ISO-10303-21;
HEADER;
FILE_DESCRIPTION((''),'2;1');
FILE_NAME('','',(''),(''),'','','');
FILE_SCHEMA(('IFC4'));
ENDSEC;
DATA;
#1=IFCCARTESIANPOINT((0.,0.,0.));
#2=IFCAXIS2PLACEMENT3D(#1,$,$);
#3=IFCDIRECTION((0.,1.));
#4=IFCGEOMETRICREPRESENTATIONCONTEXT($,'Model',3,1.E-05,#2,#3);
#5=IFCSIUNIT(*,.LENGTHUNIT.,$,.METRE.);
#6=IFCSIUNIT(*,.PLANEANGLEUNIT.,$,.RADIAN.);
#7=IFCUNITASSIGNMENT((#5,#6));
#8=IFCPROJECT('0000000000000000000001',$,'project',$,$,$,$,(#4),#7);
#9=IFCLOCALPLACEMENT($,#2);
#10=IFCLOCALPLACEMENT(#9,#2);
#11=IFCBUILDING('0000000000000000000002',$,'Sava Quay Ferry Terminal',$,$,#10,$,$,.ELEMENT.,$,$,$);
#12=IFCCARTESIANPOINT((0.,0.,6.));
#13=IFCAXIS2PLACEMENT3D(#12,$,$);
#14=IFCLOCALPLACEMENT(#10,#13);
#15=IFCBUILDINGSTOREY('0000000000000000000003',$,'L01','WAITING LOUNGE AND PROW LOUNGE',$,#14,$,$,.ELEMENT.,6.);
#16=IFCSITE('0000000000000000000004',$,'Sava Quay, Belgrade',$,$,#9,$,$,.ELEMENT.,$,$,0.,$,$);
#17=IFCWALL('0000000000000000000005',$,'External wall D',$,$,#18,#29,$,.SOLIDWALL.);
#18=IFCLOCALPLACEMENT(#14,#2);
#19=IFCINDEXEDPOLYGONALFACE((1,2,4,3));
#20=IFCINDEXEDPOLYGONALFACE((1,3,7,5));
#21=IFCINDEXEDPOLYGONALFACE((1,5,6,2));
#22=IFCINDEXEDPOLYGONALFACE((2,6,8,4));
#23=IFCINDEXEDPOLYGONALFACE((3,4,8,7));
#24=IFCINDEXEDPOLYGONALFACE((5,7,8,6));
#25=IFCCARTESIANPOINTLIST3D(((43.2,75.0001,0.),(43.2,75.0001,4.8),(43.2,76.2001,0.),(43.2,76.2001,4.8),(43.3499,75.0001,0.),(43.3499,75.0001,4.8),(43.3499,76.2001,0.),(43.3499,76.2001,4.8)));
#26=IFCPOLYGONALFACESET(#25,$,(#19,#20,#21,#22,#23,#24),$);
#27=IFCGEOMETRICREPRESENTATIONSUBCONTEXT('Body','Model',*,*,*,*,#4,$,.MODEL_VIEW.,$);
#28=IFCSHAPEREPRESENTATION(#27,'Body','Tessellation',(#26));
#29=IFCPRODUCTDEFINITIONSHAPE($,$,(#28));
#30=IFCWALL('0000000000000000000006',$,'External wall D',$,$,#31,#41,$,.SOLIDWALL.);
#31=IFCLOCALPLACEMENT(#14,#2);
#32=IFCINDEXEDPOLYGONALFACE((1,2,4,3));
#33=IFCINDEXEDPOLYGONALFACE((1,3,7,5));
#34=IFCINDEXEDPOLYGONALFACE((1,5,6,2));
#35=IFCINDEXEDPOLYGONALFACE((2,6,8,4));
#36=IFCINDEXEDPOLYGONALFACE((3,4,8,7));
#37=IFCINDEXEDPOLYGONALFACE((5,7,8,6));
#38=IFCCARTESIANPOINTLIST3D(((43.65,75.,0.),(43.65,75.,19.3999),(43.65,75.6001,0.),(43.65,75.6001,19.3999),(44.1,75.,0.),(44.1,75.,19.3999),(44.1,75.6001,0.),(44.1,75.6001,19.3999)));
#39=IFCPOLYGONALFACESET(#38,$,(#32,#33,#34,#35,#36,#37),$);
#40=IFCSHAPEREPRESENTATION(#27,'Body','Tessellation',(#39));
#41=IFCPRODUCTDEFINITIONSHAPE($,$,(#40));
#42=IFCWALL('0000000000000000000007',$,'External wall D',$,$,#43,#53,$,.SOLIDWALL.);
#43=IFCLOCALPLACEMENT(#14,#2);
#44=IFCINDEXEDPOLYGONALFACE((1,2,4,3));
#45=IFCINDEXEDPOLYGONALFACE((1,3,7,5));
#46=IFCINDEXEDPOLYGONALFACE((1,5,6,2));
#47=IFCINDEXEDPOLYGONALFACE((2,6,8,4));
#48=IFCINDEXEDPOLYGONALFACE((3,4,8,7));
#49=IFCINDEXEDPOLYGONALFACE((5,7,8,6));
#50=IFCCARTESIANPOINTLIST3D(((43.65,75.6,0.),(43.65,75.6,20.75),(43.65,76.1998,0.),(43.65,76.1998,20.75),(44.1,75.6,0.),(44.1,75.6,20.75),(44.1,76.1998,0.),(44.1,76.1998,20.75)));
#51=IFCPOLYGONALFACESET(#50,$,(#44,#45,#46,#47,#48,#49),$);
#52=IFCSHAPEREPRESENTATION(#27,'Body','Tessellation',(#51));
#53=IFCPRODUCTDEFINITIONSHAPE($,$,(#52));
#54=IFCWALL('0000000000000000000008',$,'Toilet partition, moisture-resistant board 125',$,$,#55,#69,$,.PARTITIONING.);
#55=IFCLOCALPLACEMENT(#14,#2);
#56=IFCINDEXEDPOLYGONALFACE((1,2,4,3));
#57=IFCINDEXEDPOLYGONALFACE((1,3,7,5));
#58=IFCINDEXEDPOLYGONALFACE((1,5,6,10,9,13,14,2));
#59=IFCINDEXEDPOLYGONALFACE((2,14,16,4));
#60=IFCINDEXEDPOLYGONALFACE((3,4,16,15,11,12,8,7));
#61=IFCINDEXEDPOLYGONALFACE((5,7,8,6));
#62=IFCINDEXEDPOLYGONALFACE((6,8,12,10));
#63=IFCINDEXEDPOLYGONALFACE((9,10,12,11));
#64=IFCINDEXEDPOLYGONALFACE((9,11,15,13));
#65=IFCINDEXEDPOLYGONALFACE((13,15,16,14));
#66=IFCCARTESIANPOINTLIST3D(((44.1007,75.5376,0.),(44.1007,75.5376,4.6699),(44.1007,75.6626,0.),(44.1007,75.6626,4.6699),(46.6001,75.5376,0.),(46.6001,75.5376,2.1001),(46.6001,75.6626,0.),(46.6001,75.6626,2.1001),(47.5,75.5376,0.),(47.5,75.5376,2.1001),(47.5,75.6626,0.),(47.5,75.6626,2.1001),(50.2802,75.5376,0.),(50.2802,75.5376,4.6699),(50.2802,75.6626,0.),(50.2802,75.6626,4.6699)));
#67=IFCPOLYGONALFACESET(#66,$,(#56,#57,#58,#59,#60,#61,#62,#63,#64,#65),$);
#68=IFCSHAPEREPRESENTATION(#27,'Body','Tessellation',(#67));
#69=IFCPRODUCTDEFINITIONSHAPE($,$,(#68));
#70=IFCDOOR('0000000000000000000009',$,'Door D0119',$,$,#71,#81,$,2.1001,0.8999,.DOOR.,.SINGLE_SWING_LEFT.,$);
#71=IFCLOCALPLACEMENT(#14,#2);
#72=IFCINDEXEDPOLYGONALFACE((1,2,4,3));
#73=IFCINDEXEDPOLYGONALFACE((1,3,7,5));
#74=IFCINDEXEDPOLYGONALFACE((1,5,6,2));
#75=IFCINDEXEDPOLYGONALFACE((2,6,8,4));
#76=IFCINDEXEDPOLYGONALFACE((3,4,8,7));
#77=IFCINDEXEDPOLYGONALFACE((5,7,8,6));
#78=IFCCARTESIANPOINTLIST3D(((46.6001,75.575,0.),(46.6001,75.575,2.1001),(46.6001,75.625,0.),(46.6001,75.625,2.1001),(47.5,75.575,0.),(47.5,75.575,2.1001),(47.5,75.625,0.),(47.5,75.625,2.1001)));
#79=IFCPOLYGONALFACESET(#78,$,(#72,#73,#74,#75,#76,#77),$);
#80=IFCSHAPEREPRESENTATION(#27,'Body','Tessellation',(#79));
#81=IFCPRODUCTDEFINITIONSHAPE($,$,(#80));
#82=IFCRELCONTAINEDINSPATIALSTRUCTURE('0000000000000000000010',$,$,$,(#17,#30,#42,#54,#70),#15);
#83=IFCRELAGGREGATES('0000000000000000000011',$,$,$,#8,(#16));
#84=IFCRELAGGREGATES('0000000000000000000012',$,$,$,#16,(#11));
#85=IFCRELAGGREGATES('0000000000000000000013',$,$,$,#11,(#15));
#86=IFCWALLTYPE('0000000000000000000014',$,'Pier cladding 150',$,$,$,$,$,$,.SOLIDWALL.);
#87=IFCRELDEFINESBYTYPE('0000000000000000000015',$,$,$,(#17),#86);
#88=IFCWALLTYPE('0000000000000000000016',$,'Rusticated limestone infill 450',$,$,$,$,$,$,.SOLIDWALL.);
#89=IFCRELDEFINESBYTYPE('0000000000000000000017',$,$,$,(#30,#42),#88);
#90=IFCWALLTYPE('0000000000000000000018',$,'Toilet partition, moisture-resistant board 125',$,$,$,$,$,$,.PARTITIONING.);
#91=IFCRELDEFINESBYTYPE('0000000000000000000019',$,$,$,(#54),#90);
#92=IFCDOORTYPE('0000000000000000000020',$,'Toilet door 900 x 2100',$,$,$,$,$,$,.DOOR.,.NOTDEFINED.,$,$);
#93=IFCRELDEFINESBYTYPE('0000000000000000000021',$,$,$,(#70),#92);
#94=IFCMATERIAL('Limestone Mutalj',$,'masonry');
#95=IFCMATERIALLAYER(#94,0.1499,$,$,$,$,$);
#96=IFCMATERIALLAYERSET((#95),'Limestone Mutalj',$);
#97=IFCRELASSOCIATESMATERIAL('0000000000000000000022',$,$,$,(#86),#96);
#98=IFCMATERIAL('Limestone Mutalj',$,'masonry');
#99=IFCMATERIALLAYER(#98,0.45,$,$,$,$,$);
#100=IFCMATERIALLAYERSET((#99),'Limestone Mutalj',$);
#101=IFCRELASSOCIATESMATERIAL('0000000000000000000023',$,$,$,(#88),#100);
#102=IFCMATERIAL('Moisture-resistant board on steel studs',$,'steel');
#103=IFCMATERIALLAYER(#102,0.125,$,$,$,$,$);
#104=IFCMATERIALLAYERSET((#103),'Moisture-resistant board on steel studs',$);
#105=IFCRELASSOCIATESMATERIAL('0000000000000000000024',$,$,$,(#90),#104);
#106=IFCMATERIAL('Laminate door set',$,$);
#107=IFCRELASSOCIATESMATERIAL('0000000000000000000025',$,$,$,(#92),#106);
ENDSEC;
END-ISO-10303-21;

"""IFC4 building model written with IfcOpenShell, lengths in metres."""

from ifc_helpers import new_model, si_unit, direction, frame, frame_2d, origin, place, context, subcontext, project, spatial, rectangle, extrude, material, layer, layer_set, type_object, element, fill, save


model = new_model("IFC4")

# Units and contexts
model_context = context("Model", 3, precision=1e-05, world=origin(), true_north=direction((0.0, 1.0)))
body_context = subcontext(model_context, "Body", "Model", "MODEL_VIEW")
ifc_project = project(units=[si_unit("LENGTHUNIT", "METRE"), si_unit("PLANEANGLEUNIT", "RADIAN")], contexts=[model_context])

# Site, building, storey
site_placement = place(None, origin())
site = spatial("IfcSite", under=ifc_project, at=site_placement, Name="Sava Quay, Belgrade", CompositionType="ELEMENT", RefElevation=0.0)
building_placement = place(site_placement, origin())
building = spatial("IfcBuilding", under=site, at=building_placement, Name="Sava Quay Ferry Terminal", CompositionType="ELEMENT")
storey_placement = place(building_placement, frame((0.0, 0.0, 6.0)))
storey = spatial("IfcBuildingStorey", under=building, at=storey_placement, Name="L01", Description="WAITING LOUNGE AND PROW LOUNGE", CompositionType="ELEMENT", Elevation=6.0)

# Walls
ifc_material_1 = material(Name="Limestone Mutalj", Category="masonry")
ifc_layer_1 = layer(ifc_material_1, 0.1499)
ifc_layer_set_1 = layer_set([ifc_layer_1], Name="Limestone Mutalj")
wall_type_1 = type_object("IfcWallType", Name="Pier cladding 150", PredefinedType="SOLIDWALL", material=ifc_layer_set_1)
wall_1_placement = place(storey_placement, frame((43.2749, 75.0, 0.0), z_axis=(0.0, 0.0, 1.0), x_axis=(0.0, 1.0, 0.0)))
element("IfcWall", 1, at=wall_1_placement, inside=storey, type_object=wall_type_1, Name="External wall D", PredefinedType="SOLIDWALL", context=body_context, shape_type="SweptSolid", body=[
    extrude(rectangle(XDim=1.2, YDim=0.1499, at=frame_2d((0.6001, 0.0))), origin(), (0.0, 0.0, 1.0), 4.8),
])
ifc_material_2 = material(Name="Limestone Mutalj", Category="masonry")
ifc_layer_2 = layer(ifc_material_2, 0.45)
ifc_layer_set_2 = layer_set([ifc_layer_2], Name="Limestone Mutalj")
wall_type_2 = type_object("IfcWallType", Name="Rusticated limestone infill 450", PredefinedType="SOLIDWALL", material=ifc_layer_set_2)
wall_2_placement = place(storey_placement, frame((43.875, 75.0, 0.0), z_axis=(0.0, 0.0, 1.0), x_axis=(0.0, 1.0, 0.0)))
element("IfcWall", 2, at=wall_2_placement, inside=storey, type_object=wall_type_2, Name="External wall D", PredefinedType="SOLIDWALL", context=body_context, shape_type="SweptSolid", body=[
    extrude(rectangle(XDim=0.6001, YDim=0.45, at=frame_2d((0.3, 0.0))), origin(), (0.0, 0.0, 1.0), 19.3999),
])
wall_3_placement = place(storey_placement, frame((43.875, 75.6001, 0.0), z_axis=(0.0, 0.0, 1.0), x_axis=(0.0, 1.0, 0.0)))
element("IfcWall", 3, at=wall_3_placement, inside=storey, type_object=wall_type_2, Name="External wall D", PredefinedType="SOLIDWALL", context=body_context, shape_type="SweptSolid", body=[
    extrude(rectangle(XDim=0.5999, YDim=0.45, at=frame_2d((0.2998, 0.0))), origin(), (0.0, 0.0, 1.0), 20.75),
])

# Wall, opening, door
ifc_material_3 = material(Name="Moisture-resistant board on steel studs", Category="steel")
ifc_layer_3 = layer(ifc_material_3, 0.125)
ifc_layer_set_3 = layer_set([ifc_layer_3], Name="Moisture-resistant board on steel studs")
wall_type_3 = type_object("IfcWallType", Name="Toilet partition, moisture-resistant board 125", PredefinedType="PARTITIONING", material=ifc_layer_set_3)
wall_4_placement = place(storey_placement, frame((44.1006, 75.6001, 0.0), z_axis=(0.0, 0.0, 1.0), x_axis=(1.0, 0.0, 0.0)))
wall_4 = element("IfcWall", 4, at=wall_4_placement, inside=storey, type_object=wall_type_3, Name="Toilet partition, moisture-resistant board 125", PredefinedType="PARTITIONING", context=body_context, shape_type="SweptSolid", body=[
    extrude(rectangle(XDim=6.1794, YDim=0.125, at=frame_2d((3.0898, 0.0))), origin(), (0.0, 0.0, 1.0), 4.6699),
])
opening_1_placement = place(wall_4_placement, frame((2.4995, 0.0, 0.0)))
opening_1 = element("IfcOpeningElement", 5, at=opening_1_placement, cuts=wall_4, PredefinedType="OPENING", context=body_context, shape_type="SweptSolid", body=[
    extrude(rectangle(XDim=0.8999, YDim=2.1001, at=frame_2d((0.45, 1.05))), frame((0.0, 0.0625, 0.0), z_axis=(0.0, -1.0, 0.0), x_axis=(1.0, 0.0, 0.0)), (0.0, 0.0, 1.0), 0.125),
])
ifc_material_4 = material(Name="Laminate door set")
door_type_1 = type_object("IfcDoorType", Name="Toilet door 900 x 2100", OperationType="NOTDEFINED", PredefinedType="DOOR", material=ifc_material_4)
door_1_placement = place(opening_1_placement, origin())
door_1 = element("IfcDoor", 6, at=door_1_placement, inside=storey, type_object=door_type_1, Name="Door D0119", OperationType="SINGLE_SWING_LEFT", OverallHeight=2.1001, OverallWidth=0.8999, PredefinedType="DOOR", context=body_context, shape_type="SweptSolid", body=[
    extrude(rectangle(XDim=0.8999, YDim=2.1001, at=frame_2d((0.45, 1.05))), frame((0.0, 0.0249, 0.0), z_axis=(0.0, -1.0, 0.0), x_axis=(1.0, 0.0, 0.0)), (0.0, 0.0, 1.0), 0.05),
])
fill(opening_1, door_1)

save(model, "model.ifc")
